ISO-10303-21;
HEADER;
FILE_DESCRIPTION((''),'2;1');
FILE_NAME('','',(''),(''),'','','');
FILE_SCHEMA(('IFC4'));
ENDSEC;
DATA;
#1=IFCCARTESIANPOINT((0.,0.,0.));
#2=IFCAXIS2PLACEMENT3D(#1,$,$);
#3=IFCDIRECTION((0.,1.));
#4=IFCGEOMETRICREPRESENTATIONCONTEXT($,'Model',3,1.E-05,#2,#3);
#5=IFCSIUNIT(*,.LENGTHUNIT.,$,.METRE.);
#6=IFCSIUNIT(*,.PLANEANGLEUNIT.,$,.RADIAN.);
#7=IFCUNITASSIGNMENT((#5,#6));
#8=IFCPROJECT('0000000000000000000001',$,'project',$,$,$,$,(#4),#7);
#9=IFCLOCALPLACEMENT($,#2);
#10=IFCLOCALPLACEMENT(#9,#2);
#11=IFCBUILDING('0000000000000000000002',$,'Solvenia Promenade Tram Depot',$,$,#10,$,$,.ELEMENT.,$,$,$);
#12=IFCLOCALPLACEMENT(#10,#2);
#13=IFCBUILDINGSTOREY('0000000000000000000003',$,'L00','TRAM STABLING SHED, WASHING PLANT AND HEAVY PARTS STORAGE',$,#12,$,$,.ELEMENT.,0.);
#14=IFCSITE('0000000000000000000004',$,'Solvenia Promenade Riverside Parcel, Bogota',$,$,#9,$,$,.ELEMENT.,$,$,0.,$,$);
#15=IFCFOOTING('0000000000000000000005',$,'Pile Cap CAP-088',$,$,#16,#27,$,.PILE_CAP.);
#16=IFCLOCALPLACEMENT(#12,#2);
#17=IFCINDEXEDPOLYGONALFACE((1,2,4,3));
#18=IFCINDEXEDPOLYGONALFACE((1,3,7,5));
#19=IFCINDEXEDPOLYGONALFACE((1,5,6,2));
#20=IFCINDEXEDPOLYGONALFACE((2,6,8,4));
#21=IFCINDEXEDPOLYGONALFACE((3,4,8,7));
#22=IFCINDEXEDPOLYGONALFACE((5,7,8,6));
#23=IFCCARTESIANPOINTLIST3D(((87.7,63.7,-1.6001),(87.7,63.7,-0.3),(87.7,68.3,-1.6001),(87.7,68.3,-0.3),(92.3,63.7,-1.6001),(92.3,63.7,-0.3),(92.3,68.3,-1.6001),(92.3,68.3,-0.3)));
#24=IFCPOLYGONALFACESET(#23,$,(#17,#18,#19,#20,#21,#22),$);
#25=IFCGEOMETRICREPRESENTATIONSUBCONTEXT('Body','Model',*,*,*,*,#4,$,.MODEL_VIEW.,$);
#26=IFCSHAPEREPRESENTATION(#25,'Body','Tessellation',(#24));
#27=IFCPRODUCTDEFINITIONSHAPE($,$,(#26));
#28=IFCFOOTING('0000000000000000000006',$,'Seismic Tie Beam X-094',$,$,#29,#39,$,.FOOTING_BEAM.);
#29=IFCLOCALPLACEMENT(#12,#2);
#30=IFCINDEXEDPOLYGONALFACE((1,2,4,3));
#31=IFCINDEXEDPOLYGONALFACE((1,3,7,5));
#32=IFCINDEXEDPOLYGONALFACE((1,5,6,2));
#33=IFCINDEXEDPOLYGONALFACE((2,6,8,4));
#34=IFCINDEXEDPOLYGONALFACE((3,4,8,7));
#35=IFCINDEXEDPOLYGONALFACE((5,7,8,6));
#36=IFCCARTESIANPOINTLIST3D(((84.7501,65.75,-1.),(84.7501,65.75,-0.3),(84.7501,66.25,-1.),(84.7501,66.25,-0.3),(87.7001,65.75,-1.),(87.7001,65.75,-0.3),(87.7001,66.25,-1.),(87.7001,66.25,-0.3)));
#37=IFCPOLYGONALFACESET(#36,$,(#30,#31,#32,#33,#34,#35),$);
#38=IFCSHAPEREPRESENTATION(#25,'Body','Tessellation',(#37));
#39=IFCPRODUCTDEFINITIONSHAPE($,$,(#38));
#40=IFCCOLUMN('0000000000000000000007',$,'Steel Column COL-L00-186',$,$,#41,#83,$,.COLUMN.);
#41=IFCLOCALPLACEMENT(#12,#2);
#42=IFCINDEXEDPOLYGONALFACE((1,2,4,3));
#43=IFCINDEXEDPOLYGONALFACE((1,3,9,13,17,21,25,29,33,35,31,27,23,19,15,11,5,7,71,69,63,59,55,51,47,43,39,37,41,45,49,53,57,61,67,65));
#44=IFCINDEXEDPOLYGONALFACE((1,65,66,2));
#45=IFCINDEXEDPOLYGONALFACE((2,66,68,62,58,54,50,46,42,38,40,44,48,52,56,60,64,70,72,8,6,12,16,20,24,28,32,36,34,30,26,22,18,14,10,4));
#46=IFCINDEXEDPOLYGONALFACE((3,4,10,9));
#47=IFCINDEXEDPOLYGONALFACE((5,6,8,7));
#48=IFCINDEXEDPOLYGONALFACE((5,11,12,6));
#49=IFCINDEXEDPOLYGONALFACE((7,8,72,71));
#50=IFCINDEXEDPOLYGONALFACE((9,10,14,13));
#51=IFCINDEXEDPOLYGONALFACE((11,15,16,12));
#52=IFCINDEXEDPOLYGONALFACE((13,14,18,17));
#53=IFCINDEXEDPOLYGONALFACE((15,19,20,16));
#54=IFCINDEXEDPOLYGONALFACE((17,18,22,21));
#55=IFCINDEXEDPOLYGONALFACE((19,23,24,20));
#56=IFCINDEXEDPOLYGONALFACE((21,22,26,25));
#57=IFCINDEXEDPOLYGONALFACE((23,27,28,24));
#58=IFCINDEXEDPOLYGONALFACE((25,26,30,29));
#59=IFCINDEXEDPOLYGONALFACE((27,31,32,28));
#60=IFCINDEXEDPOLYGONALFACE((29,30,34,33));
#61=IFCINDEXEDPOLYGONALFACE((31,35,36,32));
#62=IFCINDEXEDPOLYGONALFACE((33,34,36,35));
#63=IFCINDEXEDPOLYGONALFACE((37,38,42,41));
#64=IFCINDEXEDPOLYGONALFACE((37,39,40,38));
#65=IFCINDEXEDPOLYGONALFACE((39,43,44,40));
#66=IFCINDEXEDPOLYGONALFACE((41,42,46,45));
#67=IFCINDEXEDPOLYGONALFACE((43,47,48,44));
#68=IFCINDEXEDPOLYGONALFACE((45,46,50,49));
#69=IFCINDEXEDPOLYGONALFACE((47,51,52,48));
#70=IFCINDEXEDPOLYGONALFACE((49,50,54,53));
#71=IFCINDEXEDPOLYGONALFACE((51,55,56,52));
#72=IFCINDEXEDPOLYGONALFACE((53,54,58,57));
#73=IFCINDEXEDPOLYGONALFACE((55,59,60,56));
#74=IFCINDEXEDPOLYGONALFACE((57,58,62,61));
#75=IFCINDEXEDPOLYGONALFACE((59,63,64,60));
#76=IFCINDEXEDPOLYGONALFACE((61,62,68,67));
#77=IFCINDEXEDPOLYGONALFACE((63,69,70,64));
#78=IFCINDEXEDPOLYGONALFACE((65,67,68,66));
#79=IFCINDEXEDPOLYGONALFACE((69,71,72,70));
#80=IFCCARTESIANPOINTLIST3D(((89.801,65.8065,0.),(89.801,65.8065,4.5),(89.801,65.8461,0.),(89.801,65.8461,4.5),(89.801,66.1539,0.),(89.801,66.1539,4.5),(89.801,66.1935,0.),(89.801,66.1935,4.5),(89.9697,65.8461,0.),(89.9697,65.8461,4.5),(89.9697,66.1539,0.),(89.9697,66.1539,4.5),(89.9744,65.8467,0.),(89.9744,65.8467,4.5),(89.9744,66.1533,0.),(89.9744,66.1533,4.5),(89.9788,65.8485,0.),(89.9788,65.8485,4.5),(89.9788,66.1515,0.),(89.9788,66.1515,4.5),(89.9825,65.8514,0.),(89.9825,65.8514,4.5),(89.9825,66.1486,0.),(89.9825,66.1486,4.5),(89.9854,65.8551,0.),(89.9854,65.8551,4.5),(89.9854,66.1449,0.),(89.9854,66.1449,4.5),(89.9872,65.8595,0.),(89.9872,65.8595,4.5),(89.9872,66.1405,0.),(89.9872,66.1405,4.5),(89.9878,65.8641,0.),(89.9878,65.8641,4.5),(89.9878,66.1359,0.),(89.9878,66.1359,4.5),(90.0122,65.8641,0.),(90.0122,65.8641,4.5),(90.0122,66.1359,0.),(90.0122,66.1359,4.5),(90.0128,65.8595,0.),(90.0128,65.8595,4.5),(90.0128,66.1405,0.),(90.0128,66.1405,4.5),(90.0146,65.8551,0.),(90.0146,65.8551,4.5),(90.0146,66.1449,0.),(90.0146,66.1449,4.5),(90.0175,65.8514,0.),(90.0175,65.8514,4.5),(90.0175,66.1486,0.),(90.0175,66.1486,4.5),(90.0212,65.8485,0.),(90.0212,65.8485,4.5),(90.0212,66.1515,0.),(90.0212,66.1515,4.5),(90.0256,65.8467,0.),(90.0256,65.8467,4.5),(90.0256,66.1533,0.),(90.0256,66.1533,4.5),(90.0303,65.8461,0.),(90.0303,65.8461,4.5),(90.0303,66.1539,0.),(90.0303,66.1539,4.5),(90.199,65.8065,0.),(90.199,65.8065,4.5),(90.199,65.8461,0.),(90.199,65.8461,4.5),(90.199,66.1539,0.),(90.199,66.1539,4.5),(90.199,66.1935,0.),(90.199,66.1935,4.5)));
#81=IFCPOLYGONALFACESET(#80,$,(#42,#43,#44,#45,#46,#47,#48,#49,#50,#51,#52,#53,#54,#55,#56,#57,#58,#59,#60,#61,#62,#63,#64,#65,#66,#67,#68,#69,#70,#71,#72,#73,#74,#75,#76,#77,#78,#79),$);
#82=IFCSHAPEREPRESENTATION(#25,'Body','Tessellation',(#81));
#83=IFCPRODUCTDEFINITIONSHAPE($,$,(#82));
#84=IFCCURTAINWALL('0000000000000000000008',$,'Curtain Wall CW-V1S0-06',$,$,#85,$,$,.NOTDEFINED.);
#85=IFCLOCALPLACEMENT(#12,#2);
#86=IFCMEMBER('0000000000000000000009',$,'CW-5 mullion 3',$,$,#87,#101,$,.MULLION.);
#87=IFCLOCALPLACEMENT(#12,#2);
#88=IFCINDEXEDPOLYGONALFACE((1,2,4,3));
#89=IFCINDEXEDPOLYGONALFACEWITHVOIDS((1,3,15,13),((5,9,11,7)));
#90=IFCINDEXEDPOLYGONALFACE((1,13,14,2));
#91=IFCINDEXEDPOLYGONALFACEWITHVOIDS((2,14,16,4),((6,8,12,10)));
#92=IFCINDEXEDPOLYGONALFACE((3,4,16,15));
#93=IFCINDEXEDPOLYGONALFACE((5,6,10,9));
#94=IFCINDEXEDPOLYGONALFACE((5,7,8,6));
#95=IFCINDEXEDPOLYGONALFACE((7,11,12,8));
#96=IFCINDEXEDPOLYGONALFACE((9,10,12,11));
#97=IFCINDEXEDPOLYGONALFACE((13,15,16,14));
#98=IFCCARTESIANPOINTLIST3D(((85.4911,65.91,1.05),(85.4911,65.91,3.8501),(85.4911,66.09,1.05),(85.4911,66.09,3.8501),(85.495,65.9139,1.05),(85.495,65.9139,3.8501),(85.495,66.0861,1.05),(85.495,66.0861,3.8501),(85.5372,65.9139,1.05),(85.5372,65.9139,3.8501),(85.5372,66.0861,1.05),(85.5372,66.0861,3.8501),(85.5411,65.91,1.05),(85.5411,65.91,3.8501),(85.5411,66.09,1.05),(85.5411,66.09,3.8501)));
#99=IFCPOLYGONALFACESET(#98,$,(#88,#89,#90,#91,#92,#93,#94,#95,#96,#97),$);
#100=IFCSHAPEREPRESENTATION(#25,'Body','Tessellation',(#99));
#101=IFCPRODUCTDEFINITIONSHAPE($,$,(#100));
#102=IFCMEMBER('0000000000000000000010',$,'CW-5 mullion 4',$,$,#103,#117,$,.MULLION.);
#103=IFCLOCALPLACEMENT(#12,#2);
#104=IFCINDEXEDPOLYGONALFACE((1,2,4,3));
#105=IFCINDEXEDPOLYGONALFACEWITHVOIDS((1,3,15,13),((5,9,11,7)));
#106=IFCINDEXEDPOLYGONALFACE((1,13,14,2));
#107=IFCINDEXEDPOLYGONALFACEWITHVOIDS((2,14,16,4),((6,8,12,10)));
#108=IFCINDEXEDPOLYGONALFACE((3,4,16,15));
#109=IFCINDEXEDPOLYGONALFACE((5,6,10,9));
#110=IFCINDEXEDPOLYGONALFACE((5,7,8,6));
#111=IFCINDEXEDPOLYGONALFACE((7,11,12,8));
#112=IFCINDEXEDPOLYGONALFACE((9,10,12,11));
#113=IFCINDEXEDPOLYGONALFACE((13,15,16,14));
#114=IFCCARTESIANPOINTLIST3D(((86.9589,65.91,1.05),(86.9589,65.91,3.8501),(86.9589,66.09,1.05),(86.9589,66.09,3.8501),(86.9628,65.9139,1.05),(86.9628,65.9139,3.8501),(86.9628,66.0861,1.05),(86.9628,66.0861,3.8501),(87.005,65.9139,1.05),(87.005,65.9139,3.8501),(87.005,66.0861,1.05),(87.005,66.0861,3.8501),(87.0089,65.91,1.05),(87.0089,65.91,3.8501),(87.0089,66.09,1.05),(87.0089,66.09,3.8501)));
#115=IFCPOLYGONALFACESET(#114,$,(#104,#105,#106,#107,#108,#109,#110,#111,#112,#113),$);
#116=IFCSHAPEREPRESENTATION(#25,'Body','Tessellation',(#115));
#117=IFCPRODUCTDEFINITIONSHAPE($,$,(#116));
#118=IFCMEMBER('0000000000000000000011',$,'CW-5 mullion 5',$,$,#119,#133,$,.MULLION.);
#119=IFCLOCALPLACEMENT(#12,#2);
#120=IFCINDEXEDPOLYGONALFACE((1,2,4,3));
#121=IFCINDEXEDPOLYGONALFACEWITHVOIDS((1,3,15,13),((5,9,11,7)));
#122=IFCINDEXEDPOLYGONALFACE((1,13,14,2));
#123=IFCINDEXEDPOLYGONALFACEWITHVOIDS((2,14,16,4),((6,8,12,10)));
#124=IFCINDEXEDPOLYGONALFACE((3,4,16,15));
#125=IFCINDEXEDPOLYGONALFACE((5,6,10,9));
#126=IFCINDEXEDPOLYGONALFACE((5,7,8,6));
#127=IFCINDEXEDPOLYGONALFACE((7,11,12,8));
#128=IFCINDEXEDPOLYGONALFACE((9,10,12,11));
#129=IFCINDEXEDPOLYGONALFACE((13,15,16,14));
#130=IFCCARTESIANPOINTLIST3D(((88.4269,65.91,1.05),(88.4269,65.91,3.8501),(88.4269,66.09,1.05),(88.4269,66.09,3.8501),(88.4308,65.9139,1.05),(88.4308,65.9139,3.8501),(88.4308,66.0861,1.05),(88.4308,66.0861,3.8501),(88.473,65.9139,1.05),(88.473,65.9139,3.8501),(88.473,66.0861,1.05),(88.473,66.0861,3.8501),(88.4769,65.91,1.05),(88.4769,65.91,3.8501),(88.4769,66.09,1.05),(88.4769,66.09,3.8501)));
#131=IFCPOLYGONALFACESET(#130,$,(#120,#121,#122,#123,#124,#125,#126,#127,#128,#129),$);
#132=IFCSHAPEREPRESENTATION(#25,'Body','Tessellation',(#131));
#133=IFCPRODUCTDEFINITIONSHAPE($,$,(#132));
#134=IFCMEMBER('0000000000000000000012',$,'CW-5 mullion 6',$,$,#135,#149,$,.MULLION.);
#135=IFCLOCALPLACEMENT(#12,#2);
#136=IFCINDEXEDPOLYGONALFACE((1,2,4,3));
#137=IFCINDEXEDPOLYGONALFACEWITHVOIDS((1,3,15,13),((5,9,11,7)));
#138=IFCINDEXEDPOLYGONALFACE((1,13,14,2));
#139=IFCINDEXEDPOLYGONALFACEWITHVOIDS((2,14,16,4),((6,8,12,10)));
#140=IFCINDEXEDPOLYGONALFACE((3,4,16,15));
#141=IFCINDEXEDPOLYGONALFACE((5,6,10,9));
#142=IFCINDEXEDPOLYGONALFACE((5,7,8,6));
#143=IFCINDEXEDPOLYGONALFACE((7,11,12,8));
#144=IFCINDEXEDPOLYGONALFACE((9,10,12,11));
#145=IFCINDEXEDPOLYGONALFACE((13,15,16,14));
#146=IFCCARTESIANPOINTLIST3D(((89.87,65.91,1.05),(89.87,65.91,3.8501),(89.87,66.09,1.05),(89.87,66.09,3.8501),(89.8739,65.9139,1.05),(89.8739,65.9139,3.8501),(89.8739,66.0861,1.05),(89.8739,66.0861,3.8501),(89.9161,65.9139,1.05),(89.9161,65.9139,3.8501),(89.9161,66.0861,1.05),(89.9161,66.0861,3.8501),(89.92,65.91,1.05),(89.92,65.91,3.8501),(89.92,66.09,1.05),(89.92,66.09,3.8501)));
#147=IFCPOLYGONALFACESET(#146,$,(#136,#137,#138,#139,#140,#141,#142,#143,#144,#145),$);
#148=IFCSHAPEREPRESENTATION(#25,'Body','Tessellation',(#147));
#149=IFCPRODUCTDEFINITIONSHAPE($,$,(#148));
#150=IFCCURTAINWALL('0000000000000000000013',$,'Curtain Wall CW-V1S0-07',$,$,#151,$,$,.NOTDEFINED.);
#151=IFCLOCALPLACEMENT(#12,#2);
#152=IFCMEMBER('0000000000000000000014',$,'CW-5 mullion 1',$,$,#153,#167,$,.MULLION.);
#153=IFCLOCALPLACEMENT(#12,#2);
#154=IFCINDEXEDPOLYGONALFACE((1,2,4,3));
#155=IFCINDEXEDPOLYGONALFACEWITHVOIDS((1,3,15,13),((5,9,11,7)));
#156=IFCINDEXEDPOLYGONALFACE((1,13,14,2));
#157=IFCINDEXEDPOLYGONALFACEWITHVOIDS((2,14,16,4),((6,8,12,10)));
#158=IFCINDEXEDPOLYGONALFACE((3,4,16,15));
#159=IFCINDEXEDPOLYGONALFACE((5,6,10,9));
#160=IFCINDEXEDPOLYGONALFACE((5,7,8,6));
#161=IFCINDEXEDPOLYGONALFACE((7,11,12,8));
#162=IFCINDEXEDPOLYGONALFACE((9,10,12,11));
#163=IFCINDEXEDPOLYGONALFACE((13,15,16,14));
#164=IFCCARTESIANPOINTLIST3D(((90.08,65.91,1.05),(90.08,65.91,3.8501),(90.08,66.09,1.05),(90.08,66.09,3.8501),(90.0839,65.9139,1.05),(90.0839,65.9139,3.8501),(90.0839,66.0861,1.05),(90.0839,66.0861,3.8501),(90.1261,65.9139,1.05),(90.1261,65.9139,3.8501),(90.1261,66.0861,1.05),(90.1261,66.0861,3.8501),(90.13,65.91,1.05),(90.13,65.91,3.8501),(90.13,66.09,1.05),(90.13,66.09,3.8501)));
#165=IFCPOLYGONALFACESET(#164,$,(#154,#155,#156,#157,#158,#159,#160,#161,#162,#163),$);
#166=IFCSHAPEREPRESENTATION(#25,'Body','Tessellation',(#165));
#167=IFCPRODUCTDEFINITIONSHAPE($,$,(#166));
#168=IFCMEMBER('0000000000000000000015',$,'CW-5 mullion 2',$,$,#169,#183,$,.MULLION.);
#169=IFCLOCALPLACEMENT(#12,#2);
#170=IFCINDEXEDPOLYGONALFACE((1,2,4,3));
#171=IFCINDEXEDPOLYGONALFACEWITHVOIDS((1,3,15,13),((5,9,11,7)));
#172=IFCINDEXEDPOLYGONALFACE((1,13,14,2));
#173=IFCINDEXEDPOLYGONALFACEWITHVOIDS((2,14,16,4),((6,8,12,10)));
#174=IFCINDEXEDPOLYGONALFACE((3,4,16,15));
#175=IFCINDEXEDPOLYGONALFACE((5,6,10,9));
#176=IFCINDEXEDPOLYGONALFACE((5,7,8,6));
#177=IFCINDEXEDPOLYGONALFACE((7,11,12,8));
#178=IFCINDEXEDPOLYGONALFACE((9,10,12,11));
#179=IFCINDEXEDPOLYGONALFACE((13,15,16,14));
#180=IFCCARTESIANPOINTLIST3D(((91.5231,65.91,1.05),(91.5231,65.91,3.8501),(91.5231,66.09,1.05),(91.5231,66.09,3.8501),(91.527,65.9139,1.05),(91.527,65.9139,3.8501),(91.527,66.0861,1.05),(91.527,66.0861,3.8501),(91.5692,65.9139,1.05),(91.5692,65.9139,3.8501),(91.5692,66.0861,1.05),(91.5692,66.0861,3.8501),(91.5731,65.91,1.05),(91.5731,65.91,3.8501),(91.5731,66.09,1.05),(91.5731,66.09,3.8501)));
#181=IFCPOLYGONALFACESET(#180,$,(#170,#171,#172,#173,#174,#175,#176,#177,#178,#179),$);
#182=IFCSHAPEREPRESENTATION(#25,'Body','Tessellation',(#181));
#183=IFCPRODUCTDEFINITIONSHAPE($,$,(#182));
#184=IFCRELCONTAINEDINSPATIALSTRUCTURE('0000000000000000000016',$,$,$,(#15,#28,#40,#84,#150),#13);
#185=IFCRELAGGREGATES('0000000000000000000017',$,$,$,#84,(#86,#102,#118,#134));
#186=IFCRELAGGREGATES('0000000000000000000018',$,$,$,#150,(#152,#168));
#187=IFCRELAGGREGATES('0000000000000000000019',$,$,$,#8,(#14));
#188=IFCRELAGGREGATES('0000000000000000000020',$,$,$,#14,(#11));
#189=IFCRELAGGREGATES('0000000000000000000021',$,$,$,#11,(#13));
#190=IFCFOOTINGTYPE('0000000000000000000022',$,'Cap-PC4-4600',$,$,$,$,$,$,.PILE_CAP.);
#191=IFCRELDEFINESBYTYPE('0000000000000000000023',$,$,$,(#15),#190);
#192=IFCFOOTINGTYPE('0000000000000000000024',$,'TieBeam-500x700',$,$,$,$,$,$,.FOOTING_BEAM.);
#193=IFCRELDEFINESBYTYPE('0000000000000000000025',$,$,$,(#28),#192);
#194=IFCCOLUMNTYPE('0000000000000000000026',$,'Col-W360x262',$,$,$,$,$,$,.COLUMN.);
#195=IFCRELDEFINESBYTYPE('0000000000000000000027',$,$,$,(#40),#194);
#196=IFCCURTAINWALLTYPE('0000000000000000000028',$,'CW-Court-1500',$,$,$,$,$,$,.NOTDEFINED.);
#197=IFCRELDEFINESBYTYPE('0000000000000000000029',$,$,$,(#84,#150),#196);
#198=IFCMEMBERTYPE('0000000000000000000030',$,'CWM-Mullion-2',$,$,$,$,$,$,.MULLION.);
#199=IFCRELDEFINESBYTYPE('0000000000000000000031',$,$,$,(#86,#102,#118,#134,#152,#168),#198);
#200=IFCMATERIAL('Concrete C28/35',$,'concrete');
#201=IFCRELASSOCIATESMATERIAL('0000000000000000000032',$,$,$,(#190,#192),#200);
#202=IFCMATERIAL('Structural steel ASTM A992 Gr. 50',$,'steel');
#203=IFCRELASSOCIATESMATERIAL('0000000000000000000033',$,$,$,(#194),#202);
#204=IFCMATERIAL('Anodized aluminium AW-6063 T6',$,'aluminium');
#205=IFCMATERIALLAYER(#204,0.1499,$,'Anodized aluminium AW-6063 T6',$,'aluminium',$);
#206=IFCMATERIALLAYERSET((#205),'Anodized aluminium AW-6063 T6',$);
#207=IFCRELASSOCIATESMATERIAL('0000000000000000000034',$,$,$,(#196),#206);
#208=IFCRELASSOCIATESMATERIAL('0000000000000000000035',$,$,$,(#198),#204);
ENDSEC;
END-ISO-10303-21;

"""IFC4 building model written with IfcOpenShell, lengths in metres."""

from ifc_helpers import new_model, si_unit, direction, frame, origin, origin_2d, place, context, subcontext, project, spatial, rectangle, hollow_rectangle, i_section, extrude, material, layer, layer_set, material_profile, profile_set, type_object, element, aggregate, save


model = new_model("IFC4")

# Units and contexts
model_context = context("Model", 3, precision=1e-05, world=origin(), true_north=direction((0.0, 1.0)))
body_context = subcontext(model_context, "Body", "Model", "MODEL_VIEW")
ifc_project = project(units=[si_unit("LENGTHUNIT", "METRE"), si_unit("PLANEANGLEUNIT", "RADIAN")], contexts=[model_context])

# Site, building, storey
site_placement = place(None, origin())
site = spatial("IfcSite", under=ifc_project, at=site_placement, Name="Solvenia Promenade Riverside Parcel, Bogota", CompositionType="ELEMENT", RefElevation=0.0)
building_placement = place(site_placement, origin())
building = spatial("IfcBuilding", under=site, at=building_placement, Name="Solvenia Promenade Tram Depot", CompositionType="ELEMENT")
storey_placement = place(building_placement, origin())
storey = spatial("IfcBuildingStorey", under=building, at=storey_placement, Name="L00", Description="TRAM STABLING SHED, WASHING PLANT AND HEAVY PARTS STORAGE", CompositionType="ELEMENT", Elevation=0.0)

# Footings
ifc_material_1 = material(Name="Concrete C28/35", Category="concrete")
footing_type_1 = type_object("IfcFootingType", Name="Cap-PC4-4600", PredefinedType="PILE_CAP", material=ifc_material_1)
footing_1_placement = place(storey_placement, frame((90.0, 66.0, -1.6001), z_axis=(0.0, 0.0, 1.0), x_axis=(1.0, 0.0, 0.0)))
element("IfcFooting", 1, at=footing_1_placement, inside=storey, type_object=footing_type_1, Name="Pile Cap CAP-088", PredefinedType="PILE_CAP", context=body_context, shape_type="SweptSolid", body=[
    extrude(rectangle(XDim=4.6001, YDim=4.6001, at=origin_2d()), origin(), (0.0, 0.0, 1.0), 1.3),
])
footing_type_2 = type_object("IfcFootingType", Name="TieBeam-500x700", PredefinedType="FOOTING_BEAM", material=ifc_material_1)
footing_2_placement = place(storey_placement, frame((86.2251, 66.0, -1.0), z_axis=(0.0, 0.0, 1.0), x_axis=(1.0, 0.0, 0.0)))
element("IfcFooting", 2, at=footing_2_placement, inside=storey, type_object=footing_type_2, Name="Seismic Tie Beam X-094", PredefinedType="FOOTING_BEAM", context=body_context, shape_type="SweptSolid", body=[
    extrude(rectangle(XDim=2.95, YDim=0.5, at=origin_2d()), origin(), (0.0, 0.0, 1.0), 0.7),
])

# Column
ifc_material_2 = material(Name="Structural steel ASTM A992 Gr. 50", Category="steel")
ifc_material_profile_1 = material_profile(ifc_material_2, i_section(OverallWidth=0.3979, OverallDepth=0.387, WebThickness=0.0244, FlangeThickness=0.0396, FilletRadius=0.0181, at=origin_2d()), Name="W360x262", Category="steel")
ifc_profile_set_1 = profile_set([ifc_material_profile_1], Name="Structural steel ASTM A992 Gr. 50")
column_type = type_object("IfcColumnType", Name="Col-W360x262", PredefinedType="COLUMN", material=ifc_profile_set_1)
column_placement = place(storey_placement, frame((90.0, 66.0, 0.0), z_axis=(0.0, 0.0, 1.0), x_axis=(1.0, 0.0, 0.0)))
element("IfcColumn", 3, at=column_placement, inside=storey, type_object=column_type, Name="Steel Column COL-L00-186", PredefinedType="COLUMN", context=body_context, shape_type="SweptSolid", body=[
    extrude(i_section(OverallWidth=0.3979, OverallDepth=0.387, WebThickness=0.0244, FlangeThickness=0.0396, FilletRadius=0.0181, at=origin_2d()), origin(), (0.0, 0.0, 1.0), 4.5),
])

# Curtain walls, members
ifc_material_3 = material(Name="Anodized aluminium AW-6063 T6", Category="aluminium")
ifc_layer_1 = layer(ifc_material_3, 0.1499, Name="Anodized aluminium AW-6063 T6", Category="aluminium")
ifc_layer_set_1 = layer_set([ifc_layer_1], Name="Anodized aluminium AW-6063 T6")
curtain_wall_type = type_object("IfcCurtainWallType", Name="CW-Court-1500", PredefinedType="NOTDEFINED", material=ifc_layer_set_1)
curtain_wall_1_placement = place(storey_placement, origin())
curtain_wall_1 = element("IfcCurtainWall", 4, at=curtain_wall_1_placement, inside=storey, type_object=curtain_wall_type, Name="Curtain Wall CW-V1S0-06", PredefinedType="NOTDEFINED")
ifc_material_profile_2 = material_profile(ifc_material_3, hollow_rectangle(XDim=0.1799, YDim=0.05, WallThickness=0.0039, at=origin_2d()), Name="ALU-M2", Category="aluminium")
ifc_profile_set_2 = profile_set([ifc_material_profile_2], Name="Anodized aluminium AW-6063 T6")
member_type_1 = type_object("IfcMemberType", Name="CWM-Mullion-2", PredefinedType="MULLION", material=ifc_profile_set_2)
member_1_placement = place(storey_placement, frame((85.5161, 66.0, 1.05), z_axis=(0.0, 0.0, 1.0), x_axis=(0.0, 1.0, 0.0)))
member_1 = element("IfcMember", 5, at=member_1_placement, type_object=member_type_1, Name="CW-5 mullion 3", PredefinedType="MULLION", context=body_context, shape_type="SweptSolid", body=[
    extrude(hollow_rectangle(XDim=0.1799, YDim=0.05, WallThickness=0.0039, at=origin_2d()), origin(), (0.0, 0.0, 1.0), 2.8),
])
member_2_placement = place(storey_placement, frame((86.9839, 66.0, 1.05), z_axis=(0.0, 0.0, 1.0), x_axis=(0.0, 1.0, 0.0)))
member_2 = element("IfcMember", 6, at=member_2_placement, type_object=member_type_1, Name="CW-5 mullion 4", PredefinedType="MULLION", context=body_context, shape_type="SweptSolid", body=[
    extrude(hollow_rectangle(XDim=0.1799, YDim=0.05, WallThickness=0.0039, at=origin_2d()), origin(), (0.0, 0.0, 1.0), 2.8),
])
member_3_placement = place(storey_placement, frame((88.4519, 66.0, 1.05), z_axis=(0.0, 0.0, 1.0), x_axis=(0.0, 1.0, 0.0)))
member_3 = element("IfcMember", 7, at=member_3_placement, type_object=member_type_1, Name="CW-5 mullion 5", PredefinedType="MULLION", context=body_context, shape_type="SweptSolid", body=[
    extrude(hollow_rectangle(XDim=0.1799, YDim=0.05, WallThickness=0.0039, at=origin_2d()), origin(), (0.0, 0.0, 1.0), 2.8),
])
member_4_placement = place(storey_placement, frame((89.895, 66.0, 1.05), z_axis=(0.0, 0.0, 1.0), x_axis=(0.0, 1.0, 0.0)))
member_4 = element("IfcMember", 8, at=member_4_placement, type_object=member_type_1, Name="CW-5 mullion 6", PredefinedType="MULLION", context=body_context, shape_type="SweptSolid", body=[
    extrude(hollow_rectangle(XDim=0.1799, YDim=0.05, WallThickness=0.0039, at=origin_2d()), origin(), (0.0, 0.0, 1.0), 2.8),
])
curtain_wall_2_placement = place(storey_placement, origin())
curtain_wall_2 = element("IfcCurtainWall", 9, at=curtain_wall_2_placement, inside=storey, type_object=curtain_wall_type, Name="Curtain Wall CW-V1S0-07", PredefinedType="NOTDEFINED")
member_5_placement = place(storey_placement, frame((90.105, 66.0, 1.05), z_axis=(0.0, 0.0, 1.0), x_axis=(0.0, 1.0, 0.0)))
member_5 = element("IfcMember", 10, at=member_5_placement, type_object=member_type_1, Name="CW-5 mullion 1", PredefinedType="MULLION", context=body_context, shape_type="SweptSolid", body=[
    extrude(hollow_rectangle(XDim=0.1799, YDim=0.05, WallThickness=0.0039, at=origin_2d()), origin(), (0.0, 0.0, 1.0), 2.8),
])
member_6_placement = place(storey_placement, frame((91.5481, 66.0, 1.05), z_axis=(0.0, 0.0, 1.0), x_axis=(0.0, 1.0, 0.0)))
member_6 = element("IfcMember", 11, at=member_6_placement, type_object=member_type_1, Name="CW-5 mullion 2", PredefinedType="MULLION", context=body_context, shape_type="SweptSolid", body=[
    extrude(hollow_rectangle(XDim=0.1799, YDim=0.05, WallThickness=0.0039, at=origin_2d()), origin(), (0.0, 0.0, 1.0), 2.8),
])

aggregate(curtain_wall_1, [member_1, member_2, member_3, member_4])
aggregate(curtain_wall_2, [member_5, member_6])

save(model, "model.ifc")
